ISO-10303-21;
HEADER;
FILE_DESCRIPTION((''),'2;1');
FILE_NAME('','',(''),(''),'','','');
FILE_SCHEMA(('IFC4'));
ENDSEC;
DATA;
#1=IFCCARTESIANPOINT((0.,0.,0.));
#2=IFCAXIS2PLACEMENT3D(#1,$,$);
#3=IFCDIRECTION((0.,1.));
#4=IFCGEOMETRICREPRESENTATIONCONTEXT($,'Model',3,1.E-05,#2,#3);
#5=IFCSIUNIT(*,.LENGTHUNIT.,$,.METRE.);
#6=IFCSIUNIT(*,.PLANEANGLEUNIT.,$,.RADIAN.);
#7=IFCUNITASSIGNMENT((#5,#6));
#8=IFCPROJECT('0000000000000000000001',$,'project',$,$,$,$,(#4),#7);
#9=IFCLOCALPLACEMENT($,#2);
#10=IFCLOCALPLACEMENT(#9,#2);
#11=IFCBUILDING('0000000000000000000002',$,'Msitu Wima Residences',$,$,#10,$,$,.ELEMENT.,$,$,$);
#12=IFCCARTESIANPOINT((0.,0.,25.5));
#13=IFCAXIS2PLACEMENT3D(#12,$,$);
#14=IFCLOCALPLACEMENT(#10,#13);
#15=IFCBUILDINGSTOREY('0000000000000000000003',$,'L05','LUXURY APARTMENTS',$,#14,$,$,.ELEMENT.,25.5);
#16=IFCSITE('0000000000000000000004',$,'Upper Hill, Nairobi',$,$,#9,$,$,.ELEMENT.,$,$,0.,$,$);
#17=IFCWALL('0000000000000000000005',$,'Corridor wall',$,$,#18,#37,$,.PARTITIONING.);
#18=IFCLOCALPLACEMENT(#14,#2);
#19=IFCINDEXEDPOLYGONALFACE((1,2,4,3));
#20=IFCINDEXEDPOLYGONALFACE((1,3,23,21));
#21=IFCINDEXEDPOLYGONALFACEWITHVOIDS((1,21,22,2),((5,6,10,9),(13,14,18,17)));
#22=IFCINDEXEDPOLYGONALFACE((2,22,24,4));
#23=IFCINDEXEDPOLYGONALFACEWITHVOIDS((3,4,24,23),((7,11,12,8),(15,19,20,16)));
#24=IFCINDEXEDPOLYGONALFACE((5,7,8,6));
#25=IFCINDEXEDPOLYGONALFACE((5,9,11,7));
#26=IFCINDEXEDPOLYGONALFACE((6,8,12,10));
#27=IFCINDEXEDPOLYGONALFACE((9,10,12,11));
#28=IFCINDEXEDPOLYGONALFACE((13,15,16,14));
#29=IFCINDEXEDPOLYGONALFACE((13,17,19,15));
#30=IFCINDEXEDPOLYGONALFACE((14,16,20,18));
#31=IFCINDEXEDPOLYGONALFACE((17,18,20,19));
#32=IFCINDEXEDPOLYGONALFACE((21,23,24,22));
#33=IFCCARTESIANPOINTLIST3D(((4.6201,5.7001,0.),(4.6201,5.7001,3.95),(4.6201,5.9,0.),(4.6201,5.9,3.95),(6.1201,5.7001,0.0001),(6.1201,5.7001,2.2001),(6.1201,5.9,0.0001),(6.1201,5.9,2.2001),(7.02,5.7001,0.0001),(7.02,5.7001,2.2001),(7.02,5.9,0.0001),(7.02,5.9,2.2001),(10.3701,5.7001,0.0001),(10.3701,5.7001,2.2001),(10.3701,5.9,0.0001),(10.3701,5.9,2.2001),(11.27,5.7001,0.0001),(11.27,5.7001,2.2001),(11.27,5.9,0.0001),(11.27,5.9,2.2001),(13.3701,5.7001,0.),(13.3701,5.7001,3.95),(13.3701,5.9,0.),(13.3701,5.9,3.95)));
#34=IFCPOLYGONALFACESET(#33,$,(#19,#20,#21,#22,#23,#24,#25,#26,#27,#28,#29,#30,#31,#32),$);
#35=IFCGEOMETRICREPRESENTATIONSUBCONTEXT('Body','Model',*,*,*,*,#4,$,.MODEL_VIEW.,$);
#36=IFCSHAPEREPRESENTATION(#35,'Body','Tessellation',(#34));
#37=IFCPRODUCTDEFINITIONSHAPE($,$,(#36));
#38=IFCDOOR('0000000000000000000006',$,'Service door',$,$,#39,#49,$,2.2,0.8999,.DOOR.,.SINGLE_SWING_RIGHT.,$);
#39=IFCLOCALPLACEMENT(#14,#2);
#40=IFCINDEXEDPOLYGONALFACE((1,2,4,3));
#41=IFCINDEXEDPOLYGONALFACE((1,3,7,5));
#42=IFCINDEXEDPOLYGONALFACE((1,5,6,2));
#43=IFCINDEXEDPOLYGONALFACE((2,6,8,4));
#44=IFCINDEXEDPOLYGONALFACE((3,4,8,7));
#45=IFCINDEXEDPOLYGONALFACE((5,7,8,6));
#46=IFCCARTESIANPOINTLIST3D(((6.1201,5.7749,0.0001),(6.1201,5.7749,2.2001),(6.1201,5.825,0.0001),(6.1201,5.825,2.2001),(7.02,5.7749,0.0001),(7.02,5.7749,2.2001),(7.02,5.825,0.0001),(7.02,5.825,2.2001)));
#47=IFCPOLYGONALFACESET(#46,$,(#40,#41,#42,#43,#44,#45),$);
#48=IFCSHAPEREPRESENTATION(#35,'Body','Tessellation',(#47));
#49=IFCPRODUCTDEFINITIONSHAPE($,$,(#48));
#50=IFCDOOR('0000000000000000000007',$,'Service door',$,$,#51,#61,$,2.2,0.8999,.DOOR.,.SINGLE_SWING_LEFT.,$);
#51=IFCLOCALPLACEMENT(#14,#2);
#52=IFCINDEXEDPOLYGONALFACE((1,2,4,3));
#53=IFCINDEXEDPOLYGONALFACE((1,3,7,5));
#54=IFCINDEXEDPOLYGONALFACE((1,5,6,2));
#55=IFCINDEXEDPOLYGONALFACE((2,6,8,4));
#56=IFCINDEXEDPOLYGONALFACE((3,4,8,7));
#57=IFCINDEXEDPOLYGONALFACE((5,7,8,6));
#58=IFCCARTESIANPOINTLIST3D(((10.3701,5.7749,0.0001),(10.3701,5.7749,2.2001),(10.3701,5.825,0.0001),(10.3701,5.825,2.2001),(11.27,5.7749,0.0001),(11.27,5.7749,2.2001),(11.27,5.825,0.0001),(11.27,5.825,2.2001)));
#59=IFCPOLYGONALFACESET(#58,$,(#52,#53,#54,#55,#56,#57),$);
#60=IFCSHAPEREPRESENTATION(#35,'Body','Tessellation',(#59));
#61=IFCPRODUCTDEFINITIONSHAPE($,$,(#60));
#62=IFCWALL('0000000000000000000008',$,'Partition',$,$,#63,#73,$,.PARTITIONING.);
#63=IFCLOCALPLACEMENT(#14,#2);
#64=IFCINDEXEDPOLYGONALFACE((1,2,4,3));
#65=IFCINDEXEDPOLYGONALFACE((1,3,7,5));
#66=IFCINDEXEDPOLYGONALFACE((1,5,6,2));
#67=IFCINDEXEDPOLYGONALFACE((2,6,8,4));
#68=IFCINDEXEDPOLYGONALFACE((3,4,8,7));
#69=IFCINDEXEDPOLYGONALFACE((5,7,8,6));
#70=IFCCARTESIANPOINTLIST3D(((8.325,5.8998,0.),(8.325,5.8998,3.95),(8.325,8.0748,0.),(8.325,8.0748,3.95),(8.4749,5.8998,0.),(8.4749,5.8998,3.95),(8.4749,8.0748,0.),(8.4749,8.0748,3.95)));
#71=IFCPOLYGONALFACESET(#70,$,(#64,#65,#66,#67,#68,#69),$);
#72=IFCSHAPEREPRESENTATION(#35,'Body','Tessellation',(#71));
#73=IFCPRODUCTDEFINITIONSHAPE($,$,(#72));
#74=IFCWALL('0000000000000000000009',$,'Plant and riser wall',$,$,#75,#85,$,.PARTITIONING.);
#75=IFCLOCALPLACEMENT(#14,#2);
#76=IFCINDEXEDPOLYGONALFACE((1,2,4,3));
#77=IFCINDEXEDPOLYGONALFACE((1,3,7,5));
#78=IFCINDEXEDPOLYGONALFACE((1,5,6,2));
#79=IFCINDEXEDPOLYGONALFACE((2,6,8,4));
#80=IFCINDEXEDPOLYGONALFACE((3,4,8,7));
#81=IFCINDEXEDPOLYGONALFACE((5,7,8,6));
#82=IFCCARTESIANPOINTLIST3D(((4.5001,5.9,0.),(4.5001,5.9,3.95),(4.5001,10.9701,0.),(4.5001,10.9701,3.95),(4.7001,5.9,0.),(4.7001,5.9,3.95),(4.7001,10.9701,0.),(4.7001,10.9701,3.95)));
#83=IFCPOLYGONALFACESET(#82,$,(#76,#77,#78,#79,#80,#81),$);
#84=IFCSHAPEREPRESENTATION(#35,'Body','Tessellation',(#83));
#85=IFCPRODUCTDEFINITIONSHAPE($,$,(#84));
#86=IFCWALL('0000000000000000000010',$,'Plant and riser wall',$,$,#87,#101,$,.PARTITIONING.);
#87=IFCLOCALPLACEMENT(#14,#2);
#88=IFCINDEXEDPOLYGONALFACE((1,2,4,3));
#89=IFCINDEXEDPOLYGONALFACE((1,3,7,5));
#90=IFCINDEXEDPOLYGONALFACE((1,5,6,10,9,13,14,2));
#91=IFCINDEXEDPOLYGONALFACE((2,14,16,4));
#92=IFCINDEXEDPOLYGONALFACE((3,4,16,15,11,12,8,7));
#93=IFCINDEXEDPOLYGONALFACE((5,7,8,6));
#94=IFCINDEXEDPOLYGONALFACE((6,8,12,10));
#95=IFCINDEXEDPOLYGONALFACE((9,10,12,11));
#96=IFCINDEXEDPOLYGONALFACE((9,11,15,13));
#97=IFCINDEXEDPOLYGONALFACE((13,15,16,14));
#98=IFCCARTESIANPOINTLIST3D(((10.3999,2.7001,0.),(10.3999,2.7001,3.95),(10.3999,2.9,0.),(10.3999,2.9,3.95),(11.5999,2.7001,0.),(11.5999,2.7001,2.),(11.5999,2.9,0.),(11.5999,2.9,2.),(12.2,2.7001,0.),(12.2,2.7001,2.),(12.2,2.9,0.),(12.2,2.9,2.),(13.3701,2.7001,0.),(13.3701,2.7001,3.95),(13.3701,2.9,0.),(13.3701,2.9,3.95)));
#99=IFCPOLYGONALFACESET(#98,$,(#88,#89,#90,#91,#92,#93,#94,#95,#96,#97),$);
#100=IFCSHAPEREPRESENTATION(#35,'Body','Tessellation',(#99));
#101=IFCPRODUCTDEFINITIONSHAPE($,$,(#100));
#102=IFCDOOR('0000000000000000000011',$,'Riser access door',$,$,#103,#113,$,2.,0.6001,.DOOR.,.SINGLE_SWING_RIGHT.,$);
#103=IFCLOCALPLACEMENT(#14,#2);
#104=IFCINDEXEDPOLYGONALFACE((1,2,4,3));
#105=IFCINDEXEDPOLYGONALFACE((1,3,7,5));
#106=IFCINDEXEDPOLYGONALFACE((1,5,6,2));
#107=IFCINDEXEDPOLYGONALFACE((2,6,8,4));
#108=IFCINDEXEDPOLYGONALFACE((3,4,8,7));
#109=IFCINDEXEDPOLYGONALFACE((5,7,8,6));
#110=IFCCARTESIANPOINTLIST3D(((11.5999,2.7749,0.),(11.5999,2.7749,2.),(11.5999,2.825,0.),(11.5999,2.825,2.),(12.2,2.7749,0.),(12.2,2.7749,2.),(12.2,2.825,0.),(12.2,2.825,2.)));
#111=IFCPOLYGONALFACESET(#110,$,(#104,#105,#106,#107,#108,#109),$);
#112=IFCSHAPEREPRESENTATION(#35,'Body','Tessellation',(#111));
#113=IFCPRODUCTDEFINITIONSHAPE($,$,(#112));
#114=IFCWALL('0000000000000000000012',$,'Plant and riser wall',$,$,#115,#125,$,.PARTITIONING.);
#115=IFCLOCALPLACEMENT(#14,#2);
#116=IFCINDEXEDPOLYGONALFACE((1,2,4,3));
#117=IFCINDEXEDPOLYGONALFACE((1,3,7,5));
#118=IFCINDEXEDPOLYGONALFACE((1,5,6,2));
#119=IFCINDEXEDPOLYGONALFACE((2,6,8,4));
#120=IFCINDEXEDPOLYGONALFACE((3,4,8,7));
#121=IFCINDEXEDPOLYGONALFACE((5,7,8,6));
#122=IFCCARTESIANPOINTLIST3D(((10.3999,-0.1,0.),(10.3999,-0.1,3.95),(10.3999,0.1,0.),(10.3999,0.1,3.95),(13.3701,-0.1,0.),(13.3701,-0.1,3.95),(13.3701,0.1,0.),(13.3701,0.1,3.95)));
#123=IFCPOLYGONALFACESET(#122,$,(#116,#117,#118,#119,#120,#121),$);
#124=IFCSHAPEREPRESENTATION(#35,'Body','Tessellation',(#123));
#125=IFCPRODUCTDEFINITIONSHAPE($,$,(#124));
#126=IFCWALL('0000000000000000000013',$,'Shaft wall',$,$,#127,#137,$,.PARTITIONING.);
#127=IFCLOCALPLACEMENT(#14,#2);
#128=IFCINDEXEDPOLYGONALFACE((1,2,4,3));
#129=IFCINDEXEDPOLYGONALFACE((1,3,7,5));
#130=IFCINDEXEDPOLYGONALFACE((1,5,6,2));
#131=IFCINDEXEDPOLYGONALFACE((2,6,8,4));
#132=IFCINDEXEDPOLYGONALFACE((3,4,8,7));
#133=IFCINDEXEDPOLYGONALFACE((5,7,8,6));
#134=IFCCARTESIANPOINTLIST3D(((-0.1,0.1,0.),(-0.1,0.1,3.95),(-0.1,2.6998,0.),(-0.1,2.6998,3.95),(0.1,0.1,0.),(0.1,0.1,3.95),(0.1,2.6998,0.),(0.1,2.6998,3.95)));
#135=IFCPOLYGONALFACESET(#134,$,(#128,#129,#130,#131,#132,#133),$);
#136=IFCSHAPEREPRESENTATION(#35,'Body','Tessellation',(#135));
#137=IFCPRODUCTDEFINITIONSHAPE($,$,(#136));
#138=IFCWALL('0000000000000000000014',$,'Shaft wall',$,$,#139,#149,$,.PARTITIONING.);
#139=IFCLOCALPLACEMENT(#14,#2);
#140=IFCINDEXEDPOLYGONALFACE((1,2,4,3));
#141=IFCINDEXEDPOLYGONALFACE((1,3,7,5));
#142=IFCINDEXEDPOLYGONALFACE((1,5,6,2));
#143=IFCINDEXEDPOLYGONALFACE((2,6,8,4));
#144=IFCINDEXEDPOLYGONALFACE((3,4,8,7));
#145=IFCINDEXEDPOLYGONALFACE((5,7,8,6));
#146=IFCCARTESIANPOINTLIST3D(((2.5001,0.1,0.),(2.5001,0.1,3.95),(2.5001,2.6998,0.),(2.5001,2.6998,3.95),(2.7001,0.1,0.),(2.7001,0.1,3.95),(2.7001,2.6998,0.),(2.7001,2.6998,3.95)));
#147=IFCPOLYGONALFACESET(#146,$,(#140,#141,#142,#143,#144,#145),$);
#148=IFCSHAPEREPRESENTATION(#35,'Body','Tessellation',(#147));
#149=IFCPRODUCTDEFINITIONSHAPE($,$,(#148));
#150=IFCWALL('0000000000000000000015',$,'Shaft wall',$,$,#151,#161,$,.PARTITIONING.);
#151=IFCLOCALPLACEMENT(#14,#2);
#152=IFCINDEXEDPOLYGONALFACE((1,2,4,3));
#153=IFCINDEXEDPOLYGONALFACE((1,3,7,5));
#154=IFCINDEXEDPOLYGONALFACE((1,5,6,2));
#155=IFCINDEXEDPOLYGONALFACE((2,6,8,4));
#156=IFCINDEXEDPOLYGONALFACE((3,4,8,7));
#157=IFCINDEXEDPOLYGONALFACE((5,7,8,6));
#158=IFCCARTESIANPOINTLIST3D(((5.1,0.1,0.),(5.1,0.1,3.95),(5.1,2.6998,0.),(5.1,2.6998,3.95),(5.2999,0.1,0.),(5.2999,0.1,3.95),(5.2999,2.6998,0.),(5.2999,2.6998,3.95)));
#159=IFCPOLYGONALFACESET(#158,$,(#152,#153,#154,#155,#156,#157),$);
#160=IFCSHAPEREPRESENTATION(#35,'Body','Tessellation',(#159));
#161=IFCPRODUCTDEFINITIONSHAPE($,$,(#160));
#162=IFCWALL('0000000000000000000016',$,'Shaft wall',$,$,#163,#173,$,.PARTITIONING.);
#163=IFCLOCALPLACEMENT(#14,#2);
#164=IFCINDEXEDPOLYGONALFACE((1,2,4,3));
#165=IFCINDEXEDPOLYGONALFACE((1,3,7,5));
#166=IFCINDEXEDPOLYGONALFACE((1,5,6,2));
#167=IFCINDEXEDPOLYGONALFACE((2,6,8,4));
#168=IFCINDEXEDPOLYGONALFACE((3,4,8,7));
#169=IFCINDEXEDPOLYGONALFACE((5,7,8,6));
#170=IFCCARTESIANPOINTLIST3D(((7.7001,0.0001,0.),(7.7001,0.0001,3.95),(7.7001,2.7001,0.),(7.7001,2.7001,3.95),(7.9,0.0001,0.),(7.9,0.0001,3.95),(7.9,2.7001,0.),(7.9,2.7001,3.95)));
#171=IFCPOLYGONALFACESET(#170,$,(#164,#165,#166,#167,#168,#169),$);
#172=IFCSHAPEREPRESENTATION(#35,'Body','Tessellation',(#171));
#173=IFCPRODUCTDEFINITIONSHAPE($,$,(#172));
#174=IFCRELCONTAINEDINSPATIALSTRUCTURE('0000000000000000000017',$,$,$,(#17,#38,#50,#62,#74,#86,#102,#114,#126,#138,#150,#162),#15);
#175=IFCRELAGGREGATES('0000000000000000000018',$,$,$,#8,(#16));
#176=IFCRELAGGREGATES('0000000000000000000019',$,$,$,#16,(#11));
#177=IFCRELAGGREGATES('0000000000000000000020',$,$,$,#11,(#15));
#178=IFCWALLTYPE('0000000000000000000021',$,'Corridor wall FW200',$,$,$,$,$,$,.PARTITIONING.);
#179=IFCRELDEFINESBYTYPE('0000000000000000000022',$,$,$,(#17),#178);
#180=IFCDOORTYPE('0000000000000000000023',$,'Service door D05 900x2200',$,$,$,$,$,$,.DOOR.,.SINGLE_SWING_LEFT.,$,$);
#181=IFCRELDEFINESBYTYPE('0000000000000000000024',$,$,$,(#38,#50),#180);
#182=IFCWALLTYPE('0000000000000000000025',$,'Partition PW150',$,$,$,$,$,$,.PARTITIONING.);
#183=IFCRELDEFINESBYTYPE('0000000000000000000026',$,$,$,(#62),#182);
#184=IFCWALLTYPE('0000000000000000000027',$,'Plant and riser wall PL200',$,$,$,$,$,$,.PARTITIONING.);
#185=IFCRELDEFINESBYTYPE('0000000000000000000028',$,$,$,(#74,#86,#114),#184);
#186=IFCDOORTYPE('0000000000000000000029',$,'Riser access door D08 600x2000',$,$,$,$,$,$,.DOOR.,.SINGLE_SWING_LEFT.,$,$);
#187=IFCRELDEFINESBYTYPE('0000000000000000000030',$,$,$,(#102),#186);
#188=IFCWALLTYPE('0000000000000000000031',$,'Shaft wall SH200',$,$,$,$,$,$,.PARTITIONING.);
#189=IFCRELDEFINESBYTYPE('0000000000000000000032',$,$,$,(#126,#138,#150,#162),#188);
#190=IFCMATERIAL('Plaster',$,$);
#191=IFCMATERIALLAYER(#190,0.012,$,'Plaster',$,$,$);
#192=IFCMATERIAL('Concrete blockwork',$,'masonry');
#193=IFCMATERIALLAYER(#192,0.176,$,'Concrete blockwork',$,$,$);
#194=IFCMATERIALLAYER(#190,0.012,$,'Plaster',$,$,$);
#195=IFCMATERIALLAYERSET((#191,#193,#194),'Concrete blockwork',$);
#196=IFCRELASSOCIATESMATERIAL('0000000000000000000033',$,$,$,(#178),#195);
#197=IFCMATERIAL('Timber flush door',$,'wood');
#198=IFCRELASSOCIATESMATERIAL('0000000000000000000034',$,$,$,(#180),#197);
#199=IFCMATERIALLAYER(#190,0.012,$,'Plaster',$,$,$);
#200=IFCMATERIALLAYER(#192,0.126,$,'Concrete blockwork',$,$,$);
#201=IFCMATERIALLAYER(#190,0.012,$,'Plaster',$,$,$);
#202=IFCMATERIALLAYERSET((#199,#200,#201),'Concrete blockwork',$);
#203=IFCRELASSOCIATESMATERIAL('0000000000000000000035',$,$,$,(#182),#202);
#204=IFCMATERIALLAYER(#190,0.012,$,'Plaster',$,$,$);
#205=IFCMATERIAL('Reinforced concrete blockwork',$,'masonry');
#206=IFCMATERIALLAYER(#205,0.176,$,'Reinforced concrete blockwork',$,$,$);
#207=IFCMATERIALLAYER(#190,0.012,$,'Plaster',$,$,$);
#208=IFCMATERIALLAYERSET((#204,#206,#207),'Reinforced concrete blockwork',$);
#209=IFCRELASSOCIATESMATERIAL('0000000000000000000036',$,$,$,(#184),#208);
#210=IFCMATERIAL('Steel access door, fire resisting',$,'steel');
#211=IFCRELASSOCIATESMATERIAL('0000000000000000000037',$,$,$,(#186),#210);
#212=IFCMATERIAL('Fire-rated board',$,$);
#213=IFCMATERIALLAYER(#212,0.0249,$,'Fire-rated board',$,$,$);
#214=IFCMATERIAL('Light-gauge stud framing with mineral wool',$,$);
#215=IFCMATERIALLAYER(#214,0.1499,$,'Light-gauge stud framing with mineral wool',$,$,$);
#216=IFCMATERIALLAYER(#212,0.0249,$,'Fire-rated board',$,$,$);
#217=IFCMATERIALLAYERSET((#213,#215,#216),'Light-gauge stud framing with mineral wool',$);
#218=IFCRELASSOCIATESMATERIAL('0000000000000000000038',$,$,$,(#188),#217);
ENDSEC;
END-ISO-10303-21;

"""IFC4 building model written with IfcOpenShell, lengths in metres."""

from ifc_helpers import new_model, si_unit, direction, frame, frame_2d, origin, place, context, subcontext, project, spatial, rectangle, extrude, material, layer, layer_set, type_object, element, fill, save


model = new_model("IFC4")

# Units and contexts
model_context = context("Model", 3, precision=1e-05, world=origin(), true_north=direction((0.0, 1.0)))
body_context = subcontext(model_context, "Body", "Model", "MODEL_VIEW")
ifc_project = project(units=[si_unit("LENGTHUNIT", "METRE"), si_unit("PLANEANGLEUNIT", "RADIAN")], contexts=[model_context])

# Site, building, storey
site_placement = place(None, origin())
site = spatial("IfcSite", under=ifc_project, at=site_placement, Name="Upper Hill, Nairobi", CompositionType="ELEMENT", RefElevation=0.0)
building_placement = place(site_placement, origin())
building = spatial("IfcBuilding", under=site, at=building_placement, Name="Msitu Wima Residences", CompositionType="ELEMENT")
storey_placement = place(building_placement, frame((0.0, 0.0, 25.5)))
storey = spatial("IfcBuildingStorey", under=building, at=storey_placement, Name="L05", Description="LUXURY APARTMENTS", CompositionType="ELEMENT", Elevation=25.5)

# Wall, openings, doors
ifc_material_1 = material(Name="Plaster")
ifc_layer_1 = layer(ifc_material_1, 0.012, Name="Plaster")
ifc_material_2 = material(Name="Concrete blockwork", Category="masonry")
ifc_layer_2 = layer(ifc_material_2, 0.176, Name="Concrete blockwork")
ifc_layer_3 = layer(ifc_material_1, 0.012, Name="Plaster")
ifc_layer_set_1 = layer_set([ifc_layer_1, ifc_layer_2, ifc_layer_3], Name="Concrete blockwork")
wall_type_1 = type_object("IfcWallType", Name="Corridor wall FW200", PredefinedType="PARTITIONING", material=ifc_layer_set_1)
wall_1_placement = place(storey_placement, frame((4.6201, 5.8, 0.0), z_axis=(0.0, 0.0, 1.0), x_axis=(1.0, 0.0, 0.0)))
wall_1 = element("IfcWall", 1, at=wall_1_placement, inside=storey, type_object=wall_type_1, Name="Corridor wall", PredefinedType="PARTITIONING", context=body_context, shape_type="SweptSolid", body=[
    extrude(rectangle(XDim=8.75, YDim=0.2, at=frame_2d((4.375, 0.0))), origin(), (0.0, 0.0, 1.0), 3.95),
])
opening_1_placement = place(wall_1_placement, frame((1.5, 0.0, 0.0)))
opening_1 = element("IfcOpeningElement", 2, at=opening_1_placement, cuts=wall_1, PredefinedType="OPENING", context=body_context, shape_type="SweptSolid", body=[
    extrude(rectangle(XDim=0.8999, YDim=2.2, at=frame_2d((0.45, 1.1001))), frame((0.0, 0.1099, 0.0), z_axis=(0.0, -1.0, 0.0), x_axis=(1.0, 0.0, 0.0)), (0.0, 0.0, 1.0), 0.22),
])
opening_2_placement = place(wall_1_placement, frame((5.75, 0.0, 0.0)))
opening_2 = element("IfcOpeningElement", 3, at=opening_2_placement, cuts=wall_1, PredefinedType="OPENING", context=body_context, shape_type="SweptSolid", body=[
    extrude(rectangle(XDim=0.8999, YDim=2.2, at=frame_2d((0.45, 1.1001))), frame((0.0, 0.1099, 0.0), z_axis=(0.0, -1.0, 0.0), x_axis=(1.0, 0.0, 0.0)), (0.0, 0.0, 1.0), 0.22),
])
ifc_material_3 = material(Name="Timber flush door", Category="wood")
door_type_1 = type_object("IfcDoorType", Name="Service door D05 900x2200", OperationType="SINGLE_SWING_LEFT", PredefinedType="DOOR", material=ifc_material_3)
door_1_placement = place(opening_1_placement, origin())
door_1 = element("IfcDoor", 4, at=door_1_placement, inside=storey, type_object=door_type_1, Name="Service door", OperationType="SINGLE_SWING_RIGHT", OverallHeight=2.2, OverallWidth=0.8999, PredefinedType="DOOR", context=body_context, shape_type="SweptSolid", body=[
    extrude(rectangle(XDim=0.8999, YDim=2.2, at=frame_2d((0.45, 1.1001))), frame((0.0, 0.0249, 0.0), z_axis=(0.0, -1.0, 0.0), x_axis=(1.0, 0.0, 0.0)), (0.0, 0.0, 1.0), 0.05),
])
fill(opening_1, door_1)
door_2_placement = place(opening_2_placement, origin())
door_2 = element("IfcDoor", 5, at=door_2_placement, inside=storey, type_object=door_type_1, Name="Service door", OperationType="SINGLE_SWING_LEFT", OverallHeight=2.2, OverallWidth=0.8999, PredefinedType="DOOR", context=body_context, shape_type="SweptSolid", body=[
    extrude(rectangle(XDim=0.8999, YDim=2.2, at=frame_2d((0.45, 1.1001))), frame((0.0, 0.0249, 0.0), z_axis=(0.0, -1.0, 0.0), x_axis=(1.0, 0.0, 0.0)), (0.0, 0.0, 1.0), 0.05),
])
fill(opening_2, door_2)

# Walls
ifc_layer_4 = layer(ifc_material_1, 0.012, Name="Plaster")
ifc_layer_5 = layer(ifc_material_2, 0.126, Name="Concrete blockwork")
ifc_layer_6 = layer(ifc_material_1, 0.012, Name="Plaster")
ifc_layer_set_2 = layer_set([ifc_layer_4, ifc_layer_5, ifc_layer_6], Name="Concrete blockwork")
wall_type_2 = type_object("IfcWallType", Name="Partition PW150", PredefinedType="PARTITIONING", material=ifc_layer_set_2)
wall_2_placement = place(storey_placement, frame((8.3999, 5.8999, 0.0), z_axis=(0.0, 0.0, 1.0), x_axis=(0.0, 1.0, 0.0)))
element("IfcWall", 6, at=wall_2_placement, inside=storey, type_object=wall_type_2, Name="Partition", PredefinedType="PARTITIONING", context=body_context, shape_type="SweptSolid", body=[
    extrude(rectangle(XDim=2.175, YDim=0.1499, at=frame_2d((1.0874, 0.0))), origin(), (0.0, 0.0, 1.0), 3.95),
])
ifc_layer_7 = layer(ifc_material_1, 0.012, Name="Plaster")
ifc_material_4 = material(Name="Reinforced concrete blockwork", Category="masonry")
ifc_layer_8 = layer(ifc_material_4, 0.176, Name="Reinforced concrete blockwork")
ifc_layer_9 = layer(ifc_material_1, 0.012, Name="Plaster")
ifc_layer_set_3 = layer_set([ifc_layer_7, ifc_layer_8, ifc_layer_9], Name="Reinforced concrete blockwork")
wall_type_3 = type_object("IfcWallType", Name="Plant and riser wall PL200", PredefinedType="PARTITIONING", material=ifc_layer_set_3)
wall_3_placement = place(storey_placement, frame((4.6001, 5.8999, 0.0), z_axis=(0.0, 0.0, 1.0), x_axis=(0.0, 1.0, 0.0)))
element("IfcWall", 7, at=wall_3_placement, inside=storey, type_object=wall_type_3, Name="Plant and riser wall", PredefinedType="PARTITIONING", context=body_context, shape_type="SweptSolid", body=[
    extrude(rectangle(XDim=5.0701, YDim=0.2, at=frame_2d((2.5352, 0.0))), origin(), (0.0, 0.0, 1.0), 3.95),
])

# Wall, opening, door
wall_4_placement = place(storey_placement, frame((10.3999, 2.8, 0.0), z_axis=(0.0, 0.0, 1.0), x_axis=(1.0, 0.0, 0.0)))
wall_4 = element("IfcWall", 8, at=wall_4_placement, inside=storey, type_object=wall_type_3, Name="Plant and riser wall", PredefinedType="PARTITIONING", context=body_context, shape_type="SweptSolid", body=[
    extrude(rectangle(XDim=2.9702, YDim=0.2, at=frame_2d((1.4851, 0.0))), origin(), (0.0, 0.0, 1.0), 3.95),
])
opening_3_placement = place(wall_4_placement, frame((1.2, 0.0, 0.0)))
opening_3 = element("IfcOpeningElement", 9, at=opening_3_placement, cuts=wall_4, PredefinedType="OPENING", context=body_context, shape_type="SweptSolid", body=[
    extrude(rectangle(XDim=0.6001, YDim=2.0, at=frame_2d((0.3, 1.0))), frame((0.0, 0.1099, 0.0), z_axis=(0.0, -1.0, 0.0), x_axis=(1.0, 0.0, 0.0)), (0.0, 0.0, 1.0), 0.22),
])
ifc_material_5 = material(Name="Steel access door, fire resisting", Category="steel")
door_type_2 = type_object("IfcDoorType", Name="Riser access door D08 600x2000", OperationType="SINGLE_SWING_LEFT", PredefinedType="DOOR", material=ifc_material_5)
door_3_placement = place(opening_3_placement, origin())
door_3 = element("IfcDoor", 10, at=door_3_placement, inside=storey, type_object=door_type_2, Name="Riser access door", OperationType="SINGLE_SWING_RIGHT", OverallHeight=2.0, OverallWidth=0.6001, PredefinedType="DOOR", context=body_context, shape_type="SweptSolid", body=[
    extrude(rectangle(XDim=0.6001, YDim=2.0, at=frame_2d((0.3, 1.0))), frame((0.0, 0.0249, 0.0), z_axis=(0.0, -1.0, 0.0), x_axis=(1.0, 0.0, 0.0)), (0.0, 0.0, 1.0), 0.05),
])
fill(opening_3, door_3)

# Walls
wall_5_placement = place(storey_placement, frame((10.3999, 0.0, 0.0), z_axis=(0.0, 0.0, 1.0), x_axis=(1.0, 0.0, 0.0)))
element("IfcWall", 11, at=wall_5_placement, inside=storey, type_object=wall_type_3, Name="Plant and riser wall", PredefinedType="PARTITIONING", context=body_context, shape_type="SweptSolid", body=[
    extrude(rectangle(XDim=2.9702, YDim=0.2, at=frame_2d((1.4851, 0.0))), origin(), (0.0, 0.0, 1.0), 3.95),
])
ifc_material_6 = material(Name="Fire-rated board")
ifc_layer_10 = layer(ifc_material_6, 0.0249, Name="Fire-rated board")
ifc_material_7 = material(Name="Light-gauge stud framing with mineral wool")
ifc_layer_11 = layer(ifc_material_7, 0.1499, Name="Light-gauge stud framing with mineral wool")
ifc_layer_12 = layer(ifc_material_6, 0.0249, Name="Fire-rated board")
ifc_layer_set_4 = layer_set([ifc_layer_10, ifc_layer_11, ifc_layer_12], Name="Light-gauge stud framing with mineral wool")
wall_type_4 = type_object("IfcWallType", Name="Shaft wall SH200", PredefinedType="PARTITIONING", material=ifc_layer_set_4)
for number, where, z_axis, x_axis, name in (
    (12, (0.0, 0.1001, 0.0), (0.0, 0.0, 1.0), (0.0, 1.0, 0.0), "Shaft wall"),
    (13, (2.6001, 0.1001, 0.0), (0.0, 0.0, 1.0), (0.0, 1.0, 0.0), "Shaft wall"),
    (14, (5.2, 0.1001, 0.0), (0.0, 0.0, 1.0), (0.0, 1.0, 0.0), "Shaft wall"),
):
    element("IfcWall", number, at=place(storey_placement, frame(where, z_axis=z_axis, x_axis=x_axis)), inside=storey, type_object=wall_type_4, Name=name, PredefinedType="PARTITIONING", context=body_context, shape_type="SweptSolid", body=[
        extrude(rectangle(XDim=2.5999, YDim=0.2, at=frame_2d((1.2998, 0.0))), origin(), (0.0, 0.0, 1.0), 3.95),
    ])
wall_6_placement = place(storey_placement, frame((7.8, 0.0, 0.0), z_axis=(0.0, 0.0, 1.0), x_axis=(0.0, 1.0, 0.0)))
element("IfcWall", 15, at=wall_6_placement, inside=storey, type_object=wall_type_4, Name="Shaft wall", PredefinedType="PARTITIONING", context=body_context, shape_type="SweptSolid", body=[
    extrude(rectangle(XDim=2.7, YDim=0.2, at=frame_2d((1.3501, 0.0))), origin(), (0.0, 0.0, 1.0), 3.95),
])

save(model, "model.ifc")
